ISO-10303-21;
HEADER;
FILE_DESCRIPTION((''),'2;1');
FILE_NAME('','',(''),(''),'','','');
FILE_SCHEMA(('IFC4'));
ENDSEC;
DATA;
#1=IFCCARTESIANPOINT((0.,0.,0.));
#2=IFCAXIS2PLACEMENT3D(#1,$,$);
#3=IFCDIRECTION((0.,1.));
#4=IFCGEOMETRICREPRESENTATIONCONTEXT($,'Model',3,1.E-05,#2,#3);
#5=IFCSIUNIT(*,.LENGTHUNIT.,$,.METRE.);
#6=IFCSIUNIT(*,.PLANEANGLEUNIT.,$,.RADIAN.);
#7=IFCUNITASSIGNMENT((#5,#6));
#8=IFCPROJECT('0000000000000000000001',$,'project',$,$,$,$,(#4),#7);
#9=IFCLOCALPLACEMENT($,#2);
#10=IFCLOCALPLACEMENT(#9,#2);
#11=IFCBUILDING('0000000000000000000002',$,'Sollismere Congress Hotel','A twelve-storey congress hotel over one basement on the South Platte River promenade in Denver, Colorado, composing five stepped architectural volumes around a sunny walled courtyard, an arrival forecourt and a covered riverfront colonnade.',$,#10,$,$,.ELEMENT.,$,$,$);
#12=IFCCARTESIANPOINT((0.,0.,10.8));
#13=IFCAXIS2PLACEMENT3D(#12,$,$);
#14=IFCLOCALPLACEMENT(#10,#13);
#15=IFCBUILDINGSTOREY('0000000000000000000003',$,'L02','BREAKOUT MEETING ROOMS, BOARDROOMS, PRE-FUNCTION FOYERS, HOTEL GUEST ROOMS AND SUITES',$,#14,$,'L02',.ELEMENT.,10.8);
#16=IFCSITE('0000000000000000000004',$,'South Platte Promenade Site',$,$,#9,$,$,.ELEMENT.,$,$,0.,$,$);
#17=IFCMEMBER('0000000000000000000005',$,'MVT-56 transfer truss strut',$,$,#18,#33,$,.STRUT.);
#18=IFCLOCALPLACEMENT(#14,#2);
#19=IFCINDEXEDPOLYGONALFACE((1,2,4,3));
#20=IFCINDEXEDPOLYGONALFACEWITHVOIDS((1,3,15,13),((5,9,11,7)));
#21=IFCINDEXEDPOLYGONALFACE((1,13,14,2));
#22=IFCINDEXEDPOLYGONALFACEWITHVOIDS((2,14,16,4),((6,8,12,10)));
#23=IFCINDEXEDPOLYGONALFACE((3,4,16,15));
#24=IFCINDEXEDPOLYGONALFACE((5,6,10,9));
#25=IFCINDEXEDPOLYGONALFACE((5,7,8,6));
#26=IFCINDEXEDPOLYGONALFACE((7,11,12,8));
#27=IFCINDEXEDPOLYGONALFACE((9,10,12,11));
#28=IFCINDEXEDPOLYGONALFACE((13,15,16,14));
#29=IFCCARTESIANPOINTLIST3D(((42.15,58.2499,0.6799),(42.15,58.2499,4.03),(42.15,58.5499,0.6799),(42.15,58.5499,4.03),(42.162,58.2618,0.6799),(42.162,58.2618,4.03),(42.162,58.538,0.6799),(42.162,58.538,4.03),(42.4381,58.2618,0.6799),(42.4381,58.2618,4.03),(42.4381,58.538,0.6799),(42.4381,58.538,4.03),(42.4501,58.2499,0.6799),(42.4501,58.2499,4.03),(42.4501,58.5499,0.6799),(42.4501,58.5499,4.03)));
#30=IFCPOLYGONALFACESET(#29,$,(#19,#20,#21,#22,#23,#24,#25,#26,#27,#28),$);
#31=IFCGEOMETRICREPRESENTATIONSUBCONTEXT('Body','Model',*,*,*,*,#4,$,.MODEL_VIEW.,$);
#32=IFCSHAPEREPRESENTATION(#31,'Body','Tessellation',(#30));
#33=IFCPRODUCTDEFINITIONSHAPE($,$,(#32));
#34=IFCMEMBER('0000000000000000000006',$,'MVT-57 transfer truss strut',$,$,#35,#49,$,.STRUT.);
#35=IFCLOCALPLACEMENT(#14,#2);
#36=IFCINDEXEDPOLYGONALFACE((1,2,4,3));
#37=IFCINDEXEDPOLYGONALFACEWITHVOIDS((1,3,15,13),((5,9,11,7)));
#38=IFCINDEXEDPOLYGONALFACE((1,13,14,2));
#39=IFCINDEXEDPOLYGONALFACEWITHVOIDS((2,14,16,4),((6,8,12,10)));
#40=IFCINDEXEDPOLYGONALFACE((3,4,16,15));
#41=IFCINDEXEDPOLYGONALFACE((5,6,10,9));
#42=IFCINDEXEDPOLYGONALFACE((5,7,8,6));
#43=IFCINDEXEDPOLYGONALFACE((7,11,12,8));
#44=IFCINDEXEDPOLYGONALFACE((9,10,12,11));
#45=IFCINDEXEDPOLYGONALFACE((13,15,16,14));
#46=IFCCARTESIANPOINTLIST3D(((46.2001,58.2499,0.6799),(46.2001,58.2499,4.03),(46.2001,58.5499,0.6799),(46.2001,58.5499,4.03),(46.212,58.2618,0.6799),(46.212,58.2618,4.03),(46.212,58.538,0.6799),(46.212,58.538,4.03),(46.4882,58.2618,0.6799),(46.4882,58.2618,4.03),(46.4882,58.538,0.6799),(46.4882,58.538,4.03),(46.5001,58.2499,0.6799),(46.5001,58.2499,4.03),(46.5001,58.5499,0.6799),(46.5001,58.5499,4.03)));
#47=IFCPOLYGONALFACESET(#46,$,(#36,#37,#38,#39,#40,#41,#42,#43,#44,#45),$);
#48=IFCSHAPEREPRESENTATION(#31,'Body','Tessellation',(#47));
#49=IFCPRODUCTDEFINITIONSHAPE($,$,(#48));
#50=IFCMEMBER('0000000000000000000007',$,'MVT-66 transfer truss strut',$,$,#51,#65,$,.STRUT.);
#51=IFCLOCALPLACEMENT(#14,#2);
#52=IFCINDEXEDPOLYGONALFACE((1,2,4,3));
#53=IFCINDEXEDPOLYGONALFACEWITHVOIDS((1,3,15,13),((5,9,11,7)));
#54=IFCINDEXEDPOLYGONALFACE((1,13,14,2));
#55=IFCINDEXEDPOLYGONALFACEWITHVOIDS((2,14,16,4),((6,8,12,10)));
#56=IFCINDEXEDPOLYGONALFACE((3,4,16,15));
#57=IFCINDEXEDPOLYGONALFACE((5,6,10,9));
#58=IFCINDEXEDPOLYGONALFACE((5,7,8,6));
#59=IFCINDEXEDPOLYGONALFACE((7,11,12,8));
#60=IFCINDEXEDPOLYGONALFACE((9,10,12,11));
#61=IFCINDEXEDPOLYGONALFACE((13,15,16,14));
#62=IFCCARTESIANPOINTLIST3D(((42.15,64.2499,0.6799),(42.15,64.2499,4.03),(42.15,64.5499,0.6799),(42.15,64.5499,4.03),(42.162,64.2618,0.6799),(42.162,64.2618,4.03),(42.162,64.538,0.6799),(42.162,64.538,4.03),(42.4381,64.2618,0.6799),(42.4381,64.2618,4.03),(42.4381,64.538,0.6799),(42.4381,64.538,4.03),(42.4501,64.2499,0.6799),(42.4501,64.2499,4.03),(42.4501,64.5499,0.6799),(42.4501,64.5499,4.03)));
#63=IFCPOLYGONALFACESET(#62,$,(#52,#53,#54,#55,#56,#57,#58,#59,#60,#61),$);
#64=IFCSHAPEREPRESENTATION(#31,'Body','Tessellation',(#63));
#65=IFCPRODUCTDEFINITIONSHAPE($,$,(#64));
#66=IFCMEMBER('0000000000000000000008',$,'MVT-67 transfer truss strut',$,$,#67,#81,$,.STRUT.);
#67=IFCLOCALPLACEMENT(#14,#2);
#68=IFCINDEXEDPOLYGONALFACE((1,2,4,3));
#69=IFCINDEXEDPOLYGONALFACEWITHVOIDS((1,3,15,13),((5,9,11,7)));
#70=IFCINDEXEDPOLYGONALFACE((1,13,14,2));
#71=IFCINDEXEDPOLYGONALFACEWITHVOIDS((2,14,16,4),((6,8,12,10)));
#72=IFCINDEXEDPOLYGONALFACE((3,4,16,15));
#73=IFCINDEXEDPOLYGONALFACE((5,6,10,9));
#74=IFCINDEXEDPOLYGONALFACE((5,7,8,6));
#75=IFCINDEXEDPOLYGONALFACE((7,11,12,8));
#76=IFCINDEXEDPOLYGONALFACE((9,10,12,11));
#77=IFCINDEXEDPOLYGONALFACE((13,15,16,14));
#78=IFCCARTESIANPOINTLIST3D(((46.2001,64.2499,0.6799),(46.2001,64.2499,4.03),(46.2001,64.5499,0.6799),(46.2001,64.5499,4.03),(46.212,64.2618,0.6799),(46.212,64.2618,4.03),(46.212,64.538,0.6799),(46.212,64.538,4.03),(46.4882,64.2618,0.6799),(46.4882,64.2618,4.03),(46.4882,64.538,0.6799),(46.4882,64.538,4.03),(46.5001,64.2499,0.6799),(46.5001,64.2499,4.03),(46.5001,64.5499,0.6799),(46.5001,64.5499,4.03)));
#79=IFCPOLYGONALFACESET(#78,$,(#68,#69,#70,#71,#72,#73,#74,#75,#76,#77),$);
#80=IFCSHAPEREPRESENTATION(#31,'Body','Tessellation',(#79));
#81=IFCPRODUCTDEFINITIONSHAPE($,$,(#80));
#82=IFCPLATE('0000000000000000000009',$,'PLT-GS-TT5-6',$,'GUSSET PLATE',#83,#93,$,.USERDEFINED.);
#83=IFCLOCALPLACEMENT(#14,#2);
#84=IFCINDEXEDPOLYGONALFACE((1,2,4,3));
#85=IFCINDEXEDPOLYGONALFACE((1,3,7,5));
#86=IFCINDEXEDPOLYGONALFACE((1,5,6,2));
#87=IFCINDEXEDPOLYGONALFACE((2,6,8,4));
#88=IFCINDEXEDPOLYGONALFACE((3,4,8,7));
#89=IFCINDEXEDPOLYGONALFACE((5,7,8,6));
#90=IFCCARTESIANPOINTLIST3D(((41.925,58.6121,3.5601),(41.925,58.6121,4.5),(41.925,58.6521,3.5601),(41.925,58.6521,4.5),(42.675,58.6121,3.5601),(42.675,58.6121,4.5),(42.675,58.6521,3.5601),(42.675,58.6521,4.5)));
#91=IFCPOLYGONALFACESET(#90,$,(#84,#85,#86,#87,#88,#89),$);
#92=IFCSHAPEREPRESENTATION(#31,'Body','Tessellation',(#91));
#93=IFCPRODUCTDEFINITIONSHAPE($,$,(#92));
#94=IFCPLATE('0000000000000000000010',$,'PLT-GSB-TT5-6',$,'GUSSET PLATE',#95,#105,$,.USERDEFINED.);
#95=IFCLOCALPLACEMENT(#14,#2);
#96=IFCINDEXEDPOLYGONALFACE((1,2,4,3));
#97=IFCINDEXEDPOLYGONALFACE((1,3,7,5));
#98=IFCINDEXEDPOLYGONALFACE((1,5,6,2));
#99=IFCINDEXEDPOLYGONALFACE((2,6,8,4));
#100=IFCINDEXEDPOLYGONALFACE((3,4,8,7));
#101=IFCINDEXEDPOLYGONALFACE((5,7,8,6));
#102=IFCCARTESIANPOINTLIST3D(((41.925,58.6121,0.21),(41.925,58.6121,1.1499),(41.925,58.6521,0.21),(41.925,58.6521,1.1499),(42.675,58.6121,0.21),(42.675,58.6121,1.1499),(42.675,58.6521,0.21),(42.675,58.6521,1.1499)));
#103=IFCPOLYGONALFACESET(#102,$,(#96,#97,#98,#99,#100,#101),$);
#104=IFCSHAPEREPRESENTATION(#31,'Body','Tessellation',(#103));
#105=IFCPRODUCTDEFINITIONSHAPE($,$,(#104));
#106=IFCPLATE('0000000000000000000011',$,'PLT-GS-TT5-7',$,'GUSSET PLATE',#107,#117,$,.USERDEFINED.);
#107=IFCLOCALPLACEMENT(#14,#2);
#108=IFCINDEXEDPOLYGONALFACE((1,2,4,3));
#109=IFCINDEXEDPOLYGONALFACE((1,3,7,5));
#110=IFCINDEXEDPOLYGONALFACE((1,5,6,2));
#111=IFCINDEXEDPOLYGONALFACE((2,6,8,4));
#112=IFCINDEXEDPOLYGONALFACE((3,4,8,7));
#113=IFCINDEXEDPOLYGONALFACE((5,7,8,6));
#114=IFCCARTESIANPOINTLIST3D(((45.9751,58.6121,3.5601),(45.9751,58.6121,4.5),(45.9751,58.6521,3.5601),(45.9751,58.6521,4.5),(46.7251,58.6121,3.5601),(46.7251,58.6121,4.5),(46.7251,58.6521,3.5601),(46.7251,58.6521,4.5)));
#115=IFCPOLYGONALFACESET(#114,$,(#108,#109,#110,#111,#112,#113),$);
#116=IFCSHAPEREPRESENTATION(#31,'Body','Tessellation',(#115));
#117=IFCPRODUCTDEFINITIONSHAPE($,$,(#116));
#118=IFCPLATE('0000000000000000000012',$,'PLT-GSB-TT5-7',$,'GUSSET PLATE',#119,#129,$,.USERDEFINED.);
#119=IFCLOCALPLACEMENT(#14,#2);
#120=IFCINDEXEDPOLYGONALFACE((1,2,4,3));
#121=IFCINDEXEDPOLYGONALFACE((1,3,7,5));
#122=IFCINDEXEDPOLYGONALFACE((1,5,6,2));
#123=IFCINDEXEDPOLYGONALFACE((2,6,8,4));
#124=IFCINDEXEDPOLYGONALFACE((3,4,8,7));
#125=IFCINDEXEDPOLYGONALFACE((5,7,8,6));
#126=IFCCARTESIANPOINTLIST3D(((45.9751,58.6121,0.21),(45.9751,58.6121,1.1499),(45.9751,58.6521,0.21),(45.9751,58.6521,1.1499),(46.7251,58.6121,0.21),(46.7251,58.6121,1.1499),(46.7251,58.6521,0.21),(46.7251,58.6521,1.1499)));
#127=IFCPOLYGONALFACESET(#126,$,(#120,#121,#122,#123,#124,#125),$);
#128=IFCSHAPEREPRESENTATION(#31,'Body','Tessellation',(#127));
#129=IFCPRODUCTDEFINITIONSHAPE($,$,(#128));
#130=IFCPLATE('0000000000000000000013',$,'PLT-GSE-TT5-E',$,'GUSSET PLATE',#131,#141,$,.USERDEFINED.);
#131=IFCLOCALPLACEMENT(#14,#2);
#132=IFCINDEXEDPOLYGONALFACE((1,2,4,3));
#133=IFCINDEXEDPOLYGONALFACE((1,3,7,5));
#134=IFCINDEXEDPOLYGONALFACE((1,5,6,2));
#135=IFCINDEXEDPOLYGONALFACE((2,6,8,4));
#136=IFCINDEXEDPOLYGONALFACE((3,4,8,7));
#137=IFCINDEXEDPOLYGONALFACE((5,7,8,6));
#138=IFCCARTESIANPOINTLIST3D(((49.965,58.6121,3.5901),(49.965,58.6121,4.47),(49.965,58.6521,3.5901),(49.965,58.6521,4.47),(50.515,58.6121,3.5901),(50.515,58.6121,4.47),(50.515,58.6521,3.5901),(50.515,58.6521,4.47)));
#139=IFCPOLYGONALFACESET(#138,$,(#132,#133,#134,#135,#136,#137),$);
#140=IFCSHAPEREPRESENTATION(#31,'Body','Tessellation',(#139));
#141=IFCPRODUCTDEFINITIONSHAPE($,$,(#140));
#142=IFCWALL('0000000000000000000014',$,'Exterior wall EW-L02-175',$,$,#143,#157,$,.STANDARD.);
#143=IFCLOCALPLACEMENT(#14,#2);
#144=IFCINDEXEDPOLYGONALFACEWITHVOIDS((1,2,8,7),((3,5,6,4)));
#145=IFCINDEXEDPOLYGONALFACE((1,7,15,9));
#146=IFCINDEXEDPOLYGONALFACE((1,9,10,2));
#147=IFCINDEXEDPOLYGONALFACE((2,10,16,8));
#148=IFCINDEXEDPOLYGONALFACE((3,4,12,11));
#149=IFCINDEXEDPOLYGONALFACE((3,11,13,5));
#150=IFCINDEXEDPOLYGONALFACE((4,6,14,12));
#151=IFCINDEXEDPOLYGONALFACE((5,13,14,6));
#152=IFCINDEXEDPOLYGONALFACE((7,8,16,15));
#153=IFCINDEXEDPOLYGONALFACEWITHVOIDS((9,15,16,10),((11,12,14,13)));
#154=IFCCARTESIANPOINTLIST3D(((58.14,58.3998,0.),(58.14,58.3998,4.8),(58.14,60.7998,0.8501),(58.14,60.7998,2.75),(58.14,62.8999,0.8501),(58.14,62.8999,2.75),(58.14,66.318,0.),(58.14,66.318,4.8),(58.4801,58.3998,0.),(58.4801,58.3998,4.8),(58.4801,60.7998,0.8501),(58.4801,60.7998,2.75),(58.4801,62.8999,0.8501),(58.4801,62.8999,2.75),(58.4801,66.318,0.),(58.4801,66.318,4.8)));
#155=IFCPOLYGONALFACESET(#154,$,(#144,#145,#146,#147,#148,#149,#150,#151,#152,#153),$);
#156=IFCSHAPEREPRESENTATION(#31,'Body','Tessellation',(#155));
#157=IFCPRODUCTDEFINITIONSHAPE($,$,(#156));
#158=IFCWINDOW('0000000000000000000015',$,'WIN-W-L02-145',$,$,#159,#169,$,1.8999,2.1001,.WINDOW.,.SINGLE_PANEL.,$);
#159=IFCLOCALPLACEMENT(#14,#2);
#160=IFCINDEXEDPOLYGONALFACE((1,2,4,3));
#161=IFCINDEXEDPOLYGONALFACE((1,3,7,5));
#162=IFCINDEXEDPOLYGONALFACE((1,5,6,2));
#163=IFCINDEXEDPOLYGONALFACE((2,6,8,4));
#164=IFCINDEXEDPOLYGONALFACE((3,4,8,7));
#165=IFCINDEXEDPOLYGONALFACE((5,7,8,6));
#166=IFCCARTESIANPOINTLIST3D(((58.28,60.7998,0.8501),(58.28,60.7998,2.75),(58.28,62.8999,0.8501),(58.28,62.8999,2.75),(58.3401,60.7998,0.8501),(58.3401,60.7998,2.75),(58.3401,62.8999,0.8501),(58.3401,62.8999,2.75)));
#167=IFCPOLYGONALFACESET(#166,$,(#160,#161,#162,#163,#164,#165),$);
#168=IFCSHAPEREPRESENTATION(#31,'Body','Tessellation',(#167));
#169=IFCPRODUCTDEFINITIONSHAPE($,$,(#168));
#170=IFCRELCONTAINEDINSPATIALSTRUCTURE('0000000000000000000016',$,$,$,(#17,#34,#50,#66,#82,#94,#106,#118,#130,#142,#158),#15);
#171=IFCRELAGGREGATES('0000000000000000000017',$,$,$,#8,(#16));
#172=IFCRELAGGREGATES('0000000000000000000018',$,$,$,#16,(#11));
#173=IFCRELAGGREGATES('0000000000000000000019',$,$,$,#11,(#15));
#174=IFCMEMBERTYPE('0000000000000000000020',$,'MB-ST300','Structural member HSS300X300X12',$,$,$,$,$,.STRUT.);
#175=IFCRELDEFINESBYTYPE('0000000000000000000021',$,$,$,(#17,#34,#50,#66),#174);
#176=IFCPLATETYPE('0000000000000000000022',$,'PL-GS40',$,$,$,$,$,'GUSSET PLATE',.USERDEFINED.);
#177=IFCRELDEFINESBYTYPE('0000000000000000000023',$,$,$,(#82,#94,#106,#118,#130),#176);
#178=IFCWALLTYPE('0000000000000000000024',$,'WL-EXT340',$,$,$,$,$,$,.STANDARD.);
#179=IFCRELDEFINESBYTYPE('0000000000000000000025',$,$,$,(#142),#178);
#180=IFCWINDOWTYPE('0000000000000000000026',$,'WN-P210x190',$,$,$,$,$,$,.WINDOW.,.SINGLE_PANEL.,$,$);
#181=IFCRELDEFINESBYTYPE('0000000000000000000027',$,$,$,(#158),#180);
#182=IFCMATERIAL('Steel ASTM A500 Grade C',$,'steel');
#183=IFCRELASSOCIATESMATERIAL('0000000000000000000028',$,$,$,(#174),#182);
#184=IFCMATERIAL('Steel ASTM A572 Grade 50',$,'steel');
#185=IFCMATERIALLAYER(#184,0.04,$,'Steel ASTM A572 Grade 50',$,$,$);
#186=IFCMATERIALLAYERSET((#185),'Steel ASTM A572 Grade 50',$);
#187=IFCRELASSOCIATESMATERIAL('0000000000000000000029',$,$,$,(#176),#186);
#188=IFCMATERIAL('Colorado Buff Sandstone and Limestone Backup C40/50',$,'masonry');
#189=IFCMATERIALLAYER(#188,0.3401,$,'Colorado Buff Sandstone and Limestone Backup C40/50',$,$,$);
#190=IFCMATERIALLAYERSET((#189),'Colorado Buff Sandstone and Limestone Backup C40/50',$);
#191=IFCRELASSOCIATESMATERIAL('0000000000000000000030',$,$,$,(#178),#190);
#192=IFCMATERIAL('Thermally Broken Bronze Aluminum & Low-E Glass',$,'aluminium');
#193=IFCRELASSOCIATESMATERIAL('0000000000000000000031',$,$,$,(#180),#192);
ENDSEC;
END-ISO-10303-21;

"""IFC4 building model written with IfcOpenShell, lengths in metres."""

from ifc_helpers import new_model, si_unit, direction, frame, frame_2d, origin, origin_2d, place, context, subcontext, project, spatial, rectangle, hollow_rectangle, extrude, material, layer, layer_set, material_profile, profile_set, type_object, element, fill, save


model = new_model("IFC4")

# Units and contexts
model_context = context("Model", 3, precision=1e-05, world=origin(), true_north=direction((0.0, 1.0)))
body_context = subcontext(model_context, "Body", "Model", "MODEL_VIEW")
ifc_project = project(units=[si_unit("LENGTHUNIT", "METRE"), si_unit("PLANEANGLEUNIT", "RADIAN")], contexts=[model_context])

# Site, building, storey
site_placement = place(None, origin())
site = spatial("IfcSite", under=ifc_project, at=site_placement, Name="South Platte Promenade Site", CompositionType="ELEMENT", RefElevation=0.0)
building_placement = place(site_placement, origin())
building = spatial("IfcBuilding", under=site, at=building_placement, Name="Sollismere Congress Hotel", Description="A twelve-storey congress hotel over one basement on the South Platte River promenade in Denver, Colorado, composing five stepped architectural volumes around a sunny walled courtyard, an arrival forecourt and a covered riverfront colonnade.", CompositionType="ELEMENT")
storey_placement = place(building_placement, frame((0.0, 0.0, 10.8)))
storey = spatial("IfcBuildingStorey", under=building, at=storey_placement, Name="L02", Description="BREAKOUT MEETING ROOMS, BOARDROOMS, PRE-FUNCTION FOYERS, HOTEL GUEST ROOMS AND SUITES", LongName="L02", CompositionType="ELEMENT", Elevation=10.8)

# Members
ifc_material_1 = material(Name="Steel ASTM A500 Grade C", Category="steel")
ifc_material_profile_1 = material_profile(ifc_material_1, hollow_rectangle(XDim=0.3, YDim=0.3, WallThickness=0.012, at=origin_2d()), Name="HSS300X300X12")
ifc_profile_set_1 = profile_set([ifc_material_profile_1], Name="Steel ASTM A500 Grade C")
member_type_1 = type_object("IfcMemberType", Name="MB-ST300", Description="Structural member HSS300X300X12", PredefinedType="STRUT", material=ifc_profile_set_1)
for number, where, z_axis, x_axis, name in (
    (1, (42.3, 58.3999, 0.6799), (0.0, 0.0, 1.0), (1.0, 0.0, 0.0), "MVT-56 transfer truss strut"),
    (2, (46.3501, 58.3999, 0.6799), (0.0, 0.0, 1.0), (1.0, 0.0, 0.0), "MVT-57 transfer truss strut"),
    (3, (42.3, 64.3999, 0.6799), (0.0, 0.0, 1.0), (1.0, 0.0, 0.0), "MVT-66 transfer truss strut"),
    (4, (46.3501, 64.3999, 0.6799), (0.0, 0.0, 1.0), (1.0, 0.0, 0.0), "MVT-67 transfer truss strut"),
):
    element("IfcMember", number, at=place(storey_placement, frame(where, z_axis=z_axis, x_axis=x_axis)), inside=storey, type_object=member_type_1, Name=name, PredefinedType="STRUT", context=body_context, shape_type="SweptSolid", body=[
        extrude(hollow_rectangle(XDim=0.3, YDim=0.3, WallThickness=0.012, at=origin_2d()), origin(), (0.0, 0.0, 1.0), 3.3501),
    ])

# Plates
ifc_material_2 = material(Name="Steel ASTM A572 Grade 50", Category="steel")
ifc_layer_1 = layer(ifc_material_2, 0.04, Name="Steel ASTM A572 Grade 50")
ifc_layer_set_1 = layer_set([ifc_layer_1], Name="Steel ASTM A572 Grade 50")
plate_type = type_object("IfcPlateType", Name="PL-GS40", ElementType="GUSSET PLATE", PredefinedType="USERDEFINED", material=ifc_layer_set_1)
for number, where, z_axis, x_axis, name in (
    (5, (42.3, 58.6321, 3.5601), (0.0, 0.0, 1.0), (1.0, 0.0, 0.0), "PLT-GS-TT5-6"),
    (6, (42.3, 58.6321, 0.21), (0.0, 0.0, 1.0), (1.0, 0.0, 0.0), "PLT-GSB-TT5-6"),
    (7, (46.3501, 58.6321, 3.5601), (0.0, 0.0, 1.0), (1.0, 0.0, 0.0), "PLT-GS-TT5-7"),
    (8, (46.3501, 58.6321, 0.21), (0.0, 0.0, 1.0), (1.0, 0.0, 0.0), "PLT-GSB-TT5-7"),
):
    element("IfcPlate", number, at=place(storey_placement, frame(where, z_axis=z_axis, x_axis=x_axis)), inside=storey, type_object=plate_type, Name=name, ObjectType="GUSSET PLATE", PredefinedType="USERDEFINED", context=body_context, shape_type="SweptSolid", body=[
        extrude(rectangle(XDim=0.75, YDim=0.04, at=origin_2d()), origin(), (0.0, 0.0, 1.0), 0.9399),
    ])
plate_placement = place(storey_placement, frame((50.24, 58.6321, 3.5901), z_axis=(0.0, 0.0, 1.0), x_axis=(1.0, 0.0, 0.0)))
element("IfcPlate", 9, at=plate_placement, inside=storey, type_object=plate_type, Name="PLT-GSE-TT5-E", ObjectType="GUSSET PLATE", PredefinedType="USERDEFINED", context=body_context, shape_type="SweptSolid", body=[
    extrude(rectangle(XDim=0.55, YDim=0.04, at=origin_2d()), origin(), (0.0, 0.0, 1.0), 0.8799),
])

# Wall, opening, window
ifc_material_3 = material(Name="Colorado Buff Sandstone and Limestone Backup C40/50", Category="masonry")
ifc_layer_2 = layer(ifc_material_3, 0.3401, Name="Colorado Buff Sandstone and Limestone Backup C40/50")
ifc_layer_set_2 = layer_set([ifc_layer_2], Name="Colorado Buff Sandstone and Limestone Backup C40/50")
wall_type = type_object("IfcWallType", Name="WL-EXT340", PredefinedType="STANDARD", material=ifc_layer_set_2)
wall_placement = place(storey_placement, frame((58.3101, 58.3999, 0.0), z_axis=(0.0, 0.0, 1.0), x_axis=(0.0, 1.0, 0.0)))
wall = element("IfcWall", 10, at=wall_placement, inside=storey, type_object=wall_type, Name="Exterior wall EW-L02-175", PredefinedType="STANDARD", context=body_context, shape_type="SweptSolid", body=[
    extrude(rectangle(XDim=7.9182, YDim=0.3401, at=frame_2d((3.959, 0.0))), origin(), (0.0, 0.0, 1.0), 4.8),
])
opening_placement = place(wall_placement, frame((2.3999, 0.0, 0.8501)))
opening = element("IfcOpeningElement", 11, at=opening_placement, cuts=wall, PredefinedType="OPENING", context=body_context, shape_type="SweptSolid", body=[
    extrude(rectangle(XDim=2.1001, YDim=1.8999, at=frame_2d((1.05, 0.95))), frame((0.0, 0.1799, 0.0), z_axis=(0.0, -1.0, 0.0), x_axis=(1.0, 0.0, 0.0)), (0.0, 0.0, 1.0), 0.3601),
])
ifc_material_4 = material(Name="Thermally Broken Bronze Aluminum & Low-E Glass", Category="aluminium")
window_type = type_object("IfcWindowType", Name="WN-P210x190", PartitioningType="SINGLE_PANEL", PredefinedType="WINDOW", material=ifc_material_4)
window_placement = place(opening_placement, origin())
window = element("IfcWindow", 12, at=window_placement, inside=storey, type_object=window_type, Name="WIN-W-L02-145", OverallHeight=1.8999, OverallWidth=2.1001, PartitioningType="SINGLE_PANEL", PredefinedType="WINDOW", context=body_context, shape_type="SweptSolid", body=[
    extrude(rectangle(XDim=2.1001, YDim=1.8999, at=frame_2d((1.05, 0.95))), frame((0.0, 0.03, 0.0), z_axis=(0.0, -1.0, 0.0), x_axis=(1.0, 0.0, 0.0)), (0.0, 0.0, 1.0), 0.0601),
])
fill(opening, window)

save(model, "model.ifc")
